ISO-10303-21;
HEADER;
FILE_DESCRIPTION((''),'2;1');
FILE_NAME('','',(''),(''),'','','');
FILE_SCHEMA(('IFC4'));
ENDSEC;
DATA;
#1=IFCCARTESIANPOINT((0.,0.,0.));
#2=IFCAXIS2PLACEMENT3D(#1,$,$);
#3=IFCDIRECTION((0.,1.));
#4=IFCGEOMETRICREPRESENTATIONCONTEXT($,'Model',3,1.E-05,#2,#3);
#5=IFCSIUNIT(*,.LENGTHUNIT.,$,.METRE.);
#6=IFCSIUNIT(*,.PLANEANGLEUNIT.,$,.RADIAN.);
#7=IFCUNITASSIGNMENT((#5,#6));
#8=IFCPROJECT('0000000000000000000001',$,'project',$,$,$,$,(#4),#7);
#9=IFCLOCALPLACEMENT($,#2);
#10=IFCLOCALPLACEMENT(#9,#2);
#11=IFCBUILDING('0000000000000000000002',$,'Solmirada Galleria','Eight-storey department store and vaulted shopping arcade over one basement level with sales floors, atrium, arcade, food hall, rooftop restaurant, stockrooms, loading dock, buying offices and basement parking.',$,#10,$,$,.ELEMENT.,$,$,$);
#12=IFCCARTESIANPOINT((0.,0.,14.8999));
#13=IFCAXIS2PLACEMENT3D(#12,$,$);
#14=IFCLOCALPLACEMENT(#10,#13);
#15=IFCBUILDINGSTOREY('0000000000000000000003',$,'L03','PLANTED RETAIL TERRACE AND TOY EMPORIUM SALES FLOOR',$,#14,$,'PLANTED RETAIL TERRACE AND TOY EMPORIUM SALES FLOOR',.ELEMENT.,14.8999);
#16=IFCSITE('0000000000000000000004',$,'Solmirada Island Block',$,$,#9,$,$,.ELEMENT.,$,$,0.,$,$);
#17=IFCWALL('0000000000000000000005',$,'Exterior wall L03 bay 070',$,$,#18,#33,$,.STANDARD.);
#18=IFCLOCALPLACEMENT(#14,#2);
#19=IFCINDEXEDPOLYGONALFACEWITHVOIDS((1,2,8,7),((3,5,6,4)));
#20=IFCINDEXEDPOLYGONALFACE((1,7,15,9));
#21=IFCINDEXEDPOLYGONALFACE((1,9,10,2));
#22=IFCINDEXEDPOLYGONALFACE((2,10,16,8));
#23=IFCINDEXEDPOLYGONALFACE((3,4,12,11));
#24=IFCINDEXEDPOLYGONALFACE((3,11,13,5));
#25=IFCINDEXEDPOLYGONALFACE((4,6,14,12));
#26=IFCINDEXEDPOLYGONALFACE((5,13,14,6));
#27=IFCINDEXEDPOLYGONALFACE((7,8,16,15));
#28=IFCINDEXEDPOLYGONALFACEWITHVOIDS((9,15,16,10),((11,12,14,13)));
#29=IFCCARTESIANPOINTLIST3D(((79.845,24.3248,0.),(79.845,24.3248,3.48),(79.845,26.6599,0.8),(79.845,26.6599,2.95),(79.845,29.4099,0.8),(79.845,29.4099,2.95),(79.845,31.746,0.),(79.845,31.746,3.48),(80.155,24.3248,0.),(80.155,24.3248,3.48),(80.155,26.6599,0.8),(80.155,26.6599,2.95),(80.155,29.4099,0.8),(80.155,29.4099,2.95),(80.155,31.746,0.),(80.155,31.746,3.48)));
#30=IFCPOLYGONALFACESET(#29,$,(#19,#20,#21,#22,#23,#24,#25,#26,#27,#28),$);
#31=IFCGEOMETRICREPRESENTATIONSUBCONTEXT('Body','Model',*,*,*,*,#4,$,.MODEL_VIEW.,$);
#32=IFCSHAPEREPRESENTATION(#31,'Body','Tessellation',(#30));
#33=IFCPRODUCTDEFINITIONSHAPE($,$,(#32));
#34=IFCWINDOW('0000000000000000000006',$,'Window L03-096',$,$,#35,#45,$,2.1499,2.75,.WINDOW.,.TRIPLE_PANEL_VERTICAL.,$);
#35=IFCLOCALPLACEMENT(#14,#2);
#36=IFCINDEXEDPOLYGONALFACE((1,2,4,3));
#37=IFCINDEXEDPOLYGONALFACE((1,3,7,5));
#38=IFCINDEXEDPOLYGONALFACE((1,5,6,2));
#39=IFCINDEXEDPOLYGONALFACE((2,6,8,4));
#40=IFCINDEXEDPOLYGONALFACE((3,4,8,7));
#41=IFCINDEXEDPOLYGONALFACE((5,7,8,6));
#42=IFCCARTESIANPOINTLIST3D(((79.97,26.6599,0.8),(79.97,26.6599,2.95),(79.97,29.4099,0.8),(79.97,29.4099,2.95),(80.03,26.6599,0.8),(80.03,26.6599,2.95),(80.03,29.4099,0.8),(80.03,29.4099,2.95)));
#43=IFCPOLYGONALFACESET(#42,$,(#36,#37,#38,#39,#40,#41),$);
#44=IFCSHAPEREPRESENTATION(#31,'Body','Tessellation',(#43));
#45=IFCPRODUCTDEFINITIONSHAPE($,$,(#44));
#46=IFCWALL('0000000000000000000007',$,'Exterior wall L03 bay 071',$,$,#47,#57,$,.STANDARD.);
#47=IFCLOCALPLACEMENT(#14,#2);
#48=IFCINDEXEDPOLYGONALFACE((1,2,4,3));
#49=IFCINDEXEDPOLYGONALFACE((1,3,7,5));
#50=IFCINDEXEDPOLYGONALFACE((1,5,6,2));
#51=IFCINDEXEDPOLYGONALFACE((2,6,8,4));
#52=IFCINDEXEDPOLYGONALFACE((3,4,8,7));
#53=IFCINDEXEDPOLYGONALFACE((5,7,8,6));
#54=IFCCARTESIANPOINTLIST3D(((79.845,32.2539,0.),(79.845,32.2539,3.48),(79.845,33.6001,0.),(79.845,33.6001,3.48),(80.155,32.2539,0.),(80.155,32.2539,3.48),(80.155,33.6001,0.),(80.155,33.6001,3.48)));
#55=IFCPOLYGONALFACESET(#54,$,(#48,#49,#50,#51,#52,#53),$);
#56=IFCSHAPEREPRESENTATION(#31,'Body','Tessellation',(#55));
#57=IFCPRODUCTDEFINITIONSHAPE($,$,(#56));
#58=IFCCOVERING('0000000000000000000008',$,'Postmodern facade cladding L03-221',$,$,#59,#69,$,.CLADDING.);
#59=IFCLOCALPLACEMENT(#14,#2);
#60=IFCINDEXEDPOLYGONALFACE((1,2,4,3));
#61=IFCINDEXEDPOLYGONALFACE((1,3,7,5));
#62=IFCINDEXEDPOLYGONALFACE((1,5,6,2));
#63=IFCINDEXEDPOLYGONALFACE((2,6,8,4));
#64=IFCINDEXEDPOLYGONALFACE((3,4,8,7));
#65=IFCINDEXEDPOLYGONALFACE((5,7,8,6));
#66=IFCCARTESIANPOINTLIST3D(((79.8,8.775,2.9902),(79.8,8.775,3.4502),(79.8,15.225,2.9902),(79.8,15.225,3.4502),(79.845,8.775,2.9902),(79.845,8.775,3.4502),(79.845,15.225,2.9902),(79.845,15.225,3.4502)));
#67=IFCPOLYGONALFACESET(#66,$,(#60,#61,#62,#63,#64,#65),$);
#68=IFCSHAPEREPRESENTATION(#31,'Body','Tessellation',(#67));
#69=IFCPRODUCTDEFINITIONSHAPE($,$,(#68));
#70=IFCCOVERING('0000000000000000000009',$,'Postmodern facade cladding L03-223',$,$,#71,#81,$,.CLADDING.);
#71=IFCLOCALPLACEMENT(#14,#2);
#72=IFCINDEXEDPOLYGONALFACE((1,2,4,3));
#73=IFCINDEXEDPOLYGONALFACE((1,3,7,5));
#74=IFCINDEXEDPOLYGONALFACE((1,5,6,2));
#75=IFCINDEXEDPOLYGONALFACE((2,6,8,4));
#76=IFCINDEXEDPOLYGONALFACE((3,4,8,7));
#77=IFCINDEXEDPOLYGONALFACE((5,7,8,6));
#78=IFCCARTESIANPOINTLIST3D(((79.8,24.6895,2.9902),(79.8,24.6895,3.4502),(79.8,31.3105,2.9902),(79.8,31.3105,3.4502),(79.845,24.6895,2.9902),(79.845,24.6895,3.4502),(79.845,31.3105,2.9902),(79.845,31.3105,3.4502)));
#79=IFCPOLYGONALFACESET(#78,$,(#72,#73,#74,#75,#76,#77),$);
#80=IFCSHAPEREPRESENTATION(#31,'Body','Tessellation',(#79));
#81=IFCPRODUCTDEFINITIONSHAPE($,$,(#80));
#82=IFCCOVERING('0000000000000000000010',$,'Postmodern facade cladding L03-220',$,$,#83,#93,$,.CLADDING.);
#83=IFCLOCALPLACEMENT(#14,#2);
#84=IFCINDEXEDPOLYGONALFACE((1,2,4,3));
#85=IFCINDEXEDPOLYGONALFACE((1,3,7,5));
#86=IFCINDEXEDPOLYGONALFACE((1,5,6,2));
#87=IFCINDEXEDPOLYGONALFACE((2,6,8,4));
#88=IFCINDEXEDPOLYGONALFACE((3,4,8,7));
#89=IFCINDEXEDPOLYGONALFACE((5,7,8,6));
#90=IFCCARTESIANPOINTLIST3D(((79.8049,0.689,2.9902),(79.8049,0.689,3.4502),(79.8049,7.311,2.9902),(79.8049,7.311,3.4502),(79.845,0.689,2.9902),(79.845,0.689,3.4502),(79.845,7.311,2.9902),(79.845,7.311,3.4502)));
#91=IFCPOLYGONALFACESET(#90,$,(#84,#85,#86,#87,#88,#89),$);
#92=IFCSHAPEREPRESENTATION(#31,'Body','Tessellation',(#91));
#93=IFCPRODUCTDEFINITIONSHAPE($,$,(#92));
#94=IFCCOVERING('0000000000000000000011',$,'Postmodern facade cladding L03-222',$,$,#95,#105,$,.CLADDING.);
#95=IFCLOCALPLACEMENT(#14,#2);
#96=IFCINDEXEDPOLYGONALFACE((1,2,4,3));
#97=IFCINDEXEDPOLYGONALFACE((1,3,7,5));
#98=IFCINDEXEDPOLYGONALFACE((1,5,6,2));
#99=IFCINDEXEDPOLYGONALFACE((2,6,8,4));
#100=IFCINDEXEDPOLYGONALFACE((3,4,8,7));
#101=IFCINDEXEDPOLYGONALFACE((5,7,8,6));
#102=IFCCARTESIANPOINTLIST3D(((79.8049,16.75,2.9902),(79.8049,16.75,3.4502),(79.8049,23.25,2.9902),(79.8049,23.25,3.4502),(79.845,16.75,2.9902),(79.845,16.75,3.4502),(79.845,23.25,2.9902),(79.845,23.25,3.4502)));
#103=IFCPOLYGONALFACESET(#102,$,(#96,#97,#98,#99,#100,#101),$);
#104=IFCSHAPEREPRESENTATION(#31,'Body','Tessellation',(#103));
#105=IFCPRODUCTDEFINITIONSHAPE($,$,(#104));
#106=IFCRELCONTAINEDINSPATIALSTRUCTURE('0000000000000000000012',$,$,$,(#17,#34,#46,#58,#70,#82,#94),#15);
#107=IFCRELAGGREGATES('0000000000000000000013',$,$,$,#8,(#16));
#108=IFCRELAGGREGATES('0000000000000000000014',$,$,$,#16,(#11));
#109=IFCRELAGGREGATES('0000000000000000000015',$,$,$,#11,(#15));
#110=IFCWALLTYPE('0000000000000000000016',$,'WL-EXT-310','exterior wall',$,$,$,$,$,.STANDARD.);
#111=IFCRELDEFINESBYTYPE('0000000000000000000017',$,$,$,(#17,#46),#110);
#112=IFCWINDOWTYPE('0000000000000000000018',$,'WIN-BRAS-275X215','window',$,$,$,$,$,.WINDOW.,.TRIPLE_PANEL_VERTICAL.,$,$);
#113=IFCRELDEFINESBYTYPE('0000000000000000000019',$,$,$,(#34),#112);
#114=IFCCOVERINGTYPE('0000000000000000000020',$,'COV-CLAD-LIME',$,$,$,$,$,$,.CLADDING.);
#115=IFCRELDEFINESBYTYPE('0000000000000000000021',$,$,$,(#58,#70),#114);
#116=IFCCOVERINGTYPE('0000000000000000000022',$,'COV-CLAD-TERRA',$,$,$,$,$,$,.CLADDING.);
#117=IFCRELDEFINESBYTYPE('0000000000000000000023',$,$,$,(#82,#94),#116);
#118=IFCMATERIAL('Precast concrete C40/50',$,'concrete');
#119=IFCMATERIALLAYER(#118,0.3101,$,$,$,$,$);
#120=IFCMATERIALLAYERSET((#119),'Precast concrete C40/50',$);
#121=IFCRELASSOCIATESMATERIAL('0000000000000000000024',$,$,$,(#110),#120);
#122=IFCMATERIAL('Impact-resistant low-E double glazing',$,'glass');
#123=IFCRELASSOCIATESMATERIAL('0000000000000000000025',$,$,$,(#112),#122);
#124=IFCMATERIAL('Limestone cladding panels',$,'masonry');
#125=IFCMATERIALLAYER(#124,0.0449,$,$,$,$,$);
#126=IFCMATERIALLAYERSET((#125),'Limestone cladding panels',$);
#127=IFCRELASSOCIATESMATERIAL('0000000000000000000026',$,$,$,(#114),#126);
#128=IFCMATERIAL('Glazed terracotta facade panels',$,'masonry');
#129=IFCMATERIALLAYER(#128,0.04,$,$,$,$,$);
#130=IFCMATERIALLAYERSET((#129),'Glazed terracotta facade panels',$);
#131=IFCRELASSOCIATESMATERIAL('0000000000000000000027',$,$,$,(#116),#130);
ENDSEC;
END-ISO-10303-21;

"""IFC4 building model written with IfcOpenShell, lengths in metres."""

from ifc_helpers import new_model, si_unit, direction, frame, frame_2d, origin, origin_2d, place, context, subcontext, project, spatial, rectangle, extrude, material, layer, layer_set, type_object, element, fill, save


model = new_model("IFC4")

# Units and contexts
model_context = context("Model", 3, precision=1e-05, world=origin(), true_north=direction((0.0, 1.0)))
body_context = subcontext(model_context, "Body", "Model", "MODEL_VIEW")
ifc_project = project(units=[si_unit("LENGTHUNIT", "METRE"), si_unit("PLANEANGLEUNIT", "RADIAN")], contexts=[model_context])

# Site, building, storey
site_placement = place(None, origin())
site = spatial("IfcSite", under=ifc_project, at=site_placement, Name="Solmirada Island Block", CompositionType="ELEMENT", RefElevation=0.0)
building_placement = place(site_placement, origin())
building = spatial("IfcBuilding", under=site, at=building_placement, Name="Solmirada Galleria", Description="Eight-storey department store and vaulted shopping arcade over one basement level with sales floors, atrium, arcade, food hall, rooftop restaurant, stockrooms, loading dock, buying offices and basement parking.", CompositionType="ELEMENT")
storey_placement = place(building_placement, frame((0.0, 0.0, 14.8999)))
storey = spatial("IfcBuildingStorey", under=building, at=storey_placement, Name="L03", Description="PLANTED RETAIL TERRACE AND TOY EMPORIUM SALES FLOOR", LongName="PLANTED RETAIL TERRACE AND TOY EMPORIUM SALES FLOOR", CompositionType="ELEMENT", Elevation=14.8999)

# Shared definitions
ifc_material_1 = material(Name="Impact-resistant low-E double glazing", Category="glass")

# Shared definitions
ifc_material_2 = material(Name="Precast concrete C40/50", Category="concrete")
ifc_layer_1 = layer(ifc_material_2, 0.3101)
ifc_layer_set_1 = layer_set([ifc_layer_1], Name="Precast concrete C40/50")
wall_type = type_object("IfcWallType", Name="WL-EXT-310", Description="exterior wall", PredefinedType="STANDARD", material=ifc_layer_set_1)
window_type_1 = type_object("IfcWindowType", Name="WIN-BRAS-275X215", Description="window", PartitioningType="TRIPLE_PANEL_VERTICAL", PredefinedType="WINDOW", material=ifc_material_1)

# Wall, opening, window
wall_1_placement = place(storey_placement, frame((80.0, 24.325, 0.0), z_axis=(0.0, 0.0, 1.0), x_axis=(0.0, 1.0, 0.0)))
wall_1 = element("IfcWall", 1, at=wall_1_placement, inside=storey, type_object=wall_type, Name="Exterior wall L03 bay 070", PredefinedType="STANDARD", context=body_context, shape_type="SweptSolid", body=[
    extrude(rectangle(XDim=7.4211, YDim=0.3101, at=frame_2d((3.7104, 0.0))), origin(), (0.0, 0.0, 1.0), 3.48),
])
opening_1_placement = place(wall_1_placement, frame((2.335, 0.0, 0.8)))
opening_1 = element("IfcOpeningElement", 2, at=opening_1_placement, cuts=wall_1, PredefinedType="OPENING", context=body_context, shape_type="SweptSolid", body=[
    extrude(rectangle(XDim=2.75, YDim=2.1499, at=frame_2d((1.375, 1.075))), frame((0.0, 0.165, 0.0), z_axis=(0.0, -1.0, 0.0), x_axis=(1.0, 0.0, 0.0)), (0.0, 0.0, 1.0), 0.3301),
])
window_1_placement = place(opening_1_placement, origin())
window_1 = element("IfcWindow", 3, at=window_1_placement, inside=storey, type_object=window_type_1, Name="Window L03-096", OverallHeight=2.1499, OverallWidth=2.75, PartitioningType="TRIPLE_PANEL_VERTICAL", PredefinedType="WINDOW", context=body_context, shape_type="SweptSolid", body=[
    extrude(rectangle(XDim=2.75, YDim=2.1499, at=frame_2d((1.375, 1.075))), frame((0.0, 0.03, 0.0), z_axis=(0.0, -1.0, 0.0), x_axis=(1.0, 0.0, 0.0)), (0.0, 0.0, 1.0), 0.0601),
])
fill(opening_1, window_1)

# Wall
wall_2_placement = place(storey_placement, frame((80.0, 32.2539, 0.0), z_axis=(0.0, 0.0, 1.0), x_axis=(0.0, 1.0, 0.0)))
element("IfcWall", 4, at=wall_2_placement, inside=storey, type_object=wall_type, Name="Exterior wall L03 bay 071", PredefinedType="STANDARD", context=body_context, shape_type="SweptSolid", body=[
    extrude(rectangle(XDim=1.3462, YDim=0.3101, at=frame_2d((0.6731, 0.0))), origin(), (0.0, 0.0, 1.0), 3.48),
])

# Coverings
ifc_material_3 = material(Name="Limestone cladding panels", Category="masonry")
ifc_layer_2 = layer(ifc_material_3, 0.0449)
ifc_layer_set_2 = layer_set([ifc_layer_2], Name="Limestone cladding panels")
covering_type_1 = type_object("IfcCoveringType", Name="COV-CLAD-LIME", PredefinedType="CLADDING", material=ifc_layer_set_2)
covering_1_placement = place(storey_placement, frame((79.8225, 12.0, 2.9902), z_axis=(0.0, 0.0, 1.0), x_axis=(0.0, 1.0, 0.0)))
element("IfcCovering", 5, at=covering_1_placement, inside=storey, type_object=covering_type_1, Name="Postmodern facade cladding L03-221", PredefinedType="CLADDING", context=body_context, shape_type="SweptSolid", body=[
    extrude(rectangle(XDim=6.45, YDim=0.0449, at=origin_2d()), origin(), (0.0, 0.0, 1.0), 0.46),
])
covering_2_placement = place(storey_placement, frame((79.8225, 28.0, 2.9902), z_axis=(0.0, 0.0, 1.0), x_axis=(0.0, 1.0, 0.0)))
element("IfcCovering", 6, at=covering_2_placement, inside=storey, type_object=covering_type_1, Name="Postmodern facade cladding L03-223", PredefinedType="CLADDING", context=body_context, shape_type="SweptSolid", body=[
    extrude(rectangle(XDim=6.6211, YDim=0.0449, at=origin_2d()), origin(), (0.0, 0.0, 1.0), 0.46),
])
ifc_material_4 = material(Name="Glazed terracotta facade panels", Category="masonry")
ifc_layer_3 = layer(ifc_material_4, 0.04)
ifc_layer_set_3 = layer_set([ifc_layer_3], Name="Glazed terracotta facade panels")
covering_type_2 = type_object("IfcCoveringType", Name="COV-CLAD-TERRA", PredefinedType="CLADDING", material=ifc_layer_set_3)
covering_3_placement = place(storey_placement, frame((79.825, 4.0, 2.9902), z_axis=(0.0, 0.0, 1.0), x_axis=(0.0, 1.0, 0.0)))
element("IfcCovering", 7, at=covering_3_placement, inside=storey, type_object=covering_type_2, Name="Postmodern facade cladding L03-220", PredefinedType="CLADDING", context=body_context, shape_type="SweptSolid", body=[
    extrude(rectangle(XDim=6.6221, YDim=0.04, at=origin_2d()), origin(), (0.0, 0.0, 1.0), 0.46),
])
covering_4_placement = place(storey_placement, frame((79.825, 20.0, 2.9902), z_axis=(0.0, 0.0, 1.0), x_axis=(0.0, 1.0, 0.0)))
element("IfcCovering", 8, at=covering_4_placement, inside=storey, type_object=covering_type_2, Name="Postmodern facade cladding L03-222", PredefinedType="CLADDING", context=body_context, shape_type="SweptSolid", body=[
    extrude(rectangle(XDim=6.5, YDim=0.04, at=origin_2d()), origin(), (0.0, 0.0, 1.0), 0.46),
])

save(model, "model.ifc")
